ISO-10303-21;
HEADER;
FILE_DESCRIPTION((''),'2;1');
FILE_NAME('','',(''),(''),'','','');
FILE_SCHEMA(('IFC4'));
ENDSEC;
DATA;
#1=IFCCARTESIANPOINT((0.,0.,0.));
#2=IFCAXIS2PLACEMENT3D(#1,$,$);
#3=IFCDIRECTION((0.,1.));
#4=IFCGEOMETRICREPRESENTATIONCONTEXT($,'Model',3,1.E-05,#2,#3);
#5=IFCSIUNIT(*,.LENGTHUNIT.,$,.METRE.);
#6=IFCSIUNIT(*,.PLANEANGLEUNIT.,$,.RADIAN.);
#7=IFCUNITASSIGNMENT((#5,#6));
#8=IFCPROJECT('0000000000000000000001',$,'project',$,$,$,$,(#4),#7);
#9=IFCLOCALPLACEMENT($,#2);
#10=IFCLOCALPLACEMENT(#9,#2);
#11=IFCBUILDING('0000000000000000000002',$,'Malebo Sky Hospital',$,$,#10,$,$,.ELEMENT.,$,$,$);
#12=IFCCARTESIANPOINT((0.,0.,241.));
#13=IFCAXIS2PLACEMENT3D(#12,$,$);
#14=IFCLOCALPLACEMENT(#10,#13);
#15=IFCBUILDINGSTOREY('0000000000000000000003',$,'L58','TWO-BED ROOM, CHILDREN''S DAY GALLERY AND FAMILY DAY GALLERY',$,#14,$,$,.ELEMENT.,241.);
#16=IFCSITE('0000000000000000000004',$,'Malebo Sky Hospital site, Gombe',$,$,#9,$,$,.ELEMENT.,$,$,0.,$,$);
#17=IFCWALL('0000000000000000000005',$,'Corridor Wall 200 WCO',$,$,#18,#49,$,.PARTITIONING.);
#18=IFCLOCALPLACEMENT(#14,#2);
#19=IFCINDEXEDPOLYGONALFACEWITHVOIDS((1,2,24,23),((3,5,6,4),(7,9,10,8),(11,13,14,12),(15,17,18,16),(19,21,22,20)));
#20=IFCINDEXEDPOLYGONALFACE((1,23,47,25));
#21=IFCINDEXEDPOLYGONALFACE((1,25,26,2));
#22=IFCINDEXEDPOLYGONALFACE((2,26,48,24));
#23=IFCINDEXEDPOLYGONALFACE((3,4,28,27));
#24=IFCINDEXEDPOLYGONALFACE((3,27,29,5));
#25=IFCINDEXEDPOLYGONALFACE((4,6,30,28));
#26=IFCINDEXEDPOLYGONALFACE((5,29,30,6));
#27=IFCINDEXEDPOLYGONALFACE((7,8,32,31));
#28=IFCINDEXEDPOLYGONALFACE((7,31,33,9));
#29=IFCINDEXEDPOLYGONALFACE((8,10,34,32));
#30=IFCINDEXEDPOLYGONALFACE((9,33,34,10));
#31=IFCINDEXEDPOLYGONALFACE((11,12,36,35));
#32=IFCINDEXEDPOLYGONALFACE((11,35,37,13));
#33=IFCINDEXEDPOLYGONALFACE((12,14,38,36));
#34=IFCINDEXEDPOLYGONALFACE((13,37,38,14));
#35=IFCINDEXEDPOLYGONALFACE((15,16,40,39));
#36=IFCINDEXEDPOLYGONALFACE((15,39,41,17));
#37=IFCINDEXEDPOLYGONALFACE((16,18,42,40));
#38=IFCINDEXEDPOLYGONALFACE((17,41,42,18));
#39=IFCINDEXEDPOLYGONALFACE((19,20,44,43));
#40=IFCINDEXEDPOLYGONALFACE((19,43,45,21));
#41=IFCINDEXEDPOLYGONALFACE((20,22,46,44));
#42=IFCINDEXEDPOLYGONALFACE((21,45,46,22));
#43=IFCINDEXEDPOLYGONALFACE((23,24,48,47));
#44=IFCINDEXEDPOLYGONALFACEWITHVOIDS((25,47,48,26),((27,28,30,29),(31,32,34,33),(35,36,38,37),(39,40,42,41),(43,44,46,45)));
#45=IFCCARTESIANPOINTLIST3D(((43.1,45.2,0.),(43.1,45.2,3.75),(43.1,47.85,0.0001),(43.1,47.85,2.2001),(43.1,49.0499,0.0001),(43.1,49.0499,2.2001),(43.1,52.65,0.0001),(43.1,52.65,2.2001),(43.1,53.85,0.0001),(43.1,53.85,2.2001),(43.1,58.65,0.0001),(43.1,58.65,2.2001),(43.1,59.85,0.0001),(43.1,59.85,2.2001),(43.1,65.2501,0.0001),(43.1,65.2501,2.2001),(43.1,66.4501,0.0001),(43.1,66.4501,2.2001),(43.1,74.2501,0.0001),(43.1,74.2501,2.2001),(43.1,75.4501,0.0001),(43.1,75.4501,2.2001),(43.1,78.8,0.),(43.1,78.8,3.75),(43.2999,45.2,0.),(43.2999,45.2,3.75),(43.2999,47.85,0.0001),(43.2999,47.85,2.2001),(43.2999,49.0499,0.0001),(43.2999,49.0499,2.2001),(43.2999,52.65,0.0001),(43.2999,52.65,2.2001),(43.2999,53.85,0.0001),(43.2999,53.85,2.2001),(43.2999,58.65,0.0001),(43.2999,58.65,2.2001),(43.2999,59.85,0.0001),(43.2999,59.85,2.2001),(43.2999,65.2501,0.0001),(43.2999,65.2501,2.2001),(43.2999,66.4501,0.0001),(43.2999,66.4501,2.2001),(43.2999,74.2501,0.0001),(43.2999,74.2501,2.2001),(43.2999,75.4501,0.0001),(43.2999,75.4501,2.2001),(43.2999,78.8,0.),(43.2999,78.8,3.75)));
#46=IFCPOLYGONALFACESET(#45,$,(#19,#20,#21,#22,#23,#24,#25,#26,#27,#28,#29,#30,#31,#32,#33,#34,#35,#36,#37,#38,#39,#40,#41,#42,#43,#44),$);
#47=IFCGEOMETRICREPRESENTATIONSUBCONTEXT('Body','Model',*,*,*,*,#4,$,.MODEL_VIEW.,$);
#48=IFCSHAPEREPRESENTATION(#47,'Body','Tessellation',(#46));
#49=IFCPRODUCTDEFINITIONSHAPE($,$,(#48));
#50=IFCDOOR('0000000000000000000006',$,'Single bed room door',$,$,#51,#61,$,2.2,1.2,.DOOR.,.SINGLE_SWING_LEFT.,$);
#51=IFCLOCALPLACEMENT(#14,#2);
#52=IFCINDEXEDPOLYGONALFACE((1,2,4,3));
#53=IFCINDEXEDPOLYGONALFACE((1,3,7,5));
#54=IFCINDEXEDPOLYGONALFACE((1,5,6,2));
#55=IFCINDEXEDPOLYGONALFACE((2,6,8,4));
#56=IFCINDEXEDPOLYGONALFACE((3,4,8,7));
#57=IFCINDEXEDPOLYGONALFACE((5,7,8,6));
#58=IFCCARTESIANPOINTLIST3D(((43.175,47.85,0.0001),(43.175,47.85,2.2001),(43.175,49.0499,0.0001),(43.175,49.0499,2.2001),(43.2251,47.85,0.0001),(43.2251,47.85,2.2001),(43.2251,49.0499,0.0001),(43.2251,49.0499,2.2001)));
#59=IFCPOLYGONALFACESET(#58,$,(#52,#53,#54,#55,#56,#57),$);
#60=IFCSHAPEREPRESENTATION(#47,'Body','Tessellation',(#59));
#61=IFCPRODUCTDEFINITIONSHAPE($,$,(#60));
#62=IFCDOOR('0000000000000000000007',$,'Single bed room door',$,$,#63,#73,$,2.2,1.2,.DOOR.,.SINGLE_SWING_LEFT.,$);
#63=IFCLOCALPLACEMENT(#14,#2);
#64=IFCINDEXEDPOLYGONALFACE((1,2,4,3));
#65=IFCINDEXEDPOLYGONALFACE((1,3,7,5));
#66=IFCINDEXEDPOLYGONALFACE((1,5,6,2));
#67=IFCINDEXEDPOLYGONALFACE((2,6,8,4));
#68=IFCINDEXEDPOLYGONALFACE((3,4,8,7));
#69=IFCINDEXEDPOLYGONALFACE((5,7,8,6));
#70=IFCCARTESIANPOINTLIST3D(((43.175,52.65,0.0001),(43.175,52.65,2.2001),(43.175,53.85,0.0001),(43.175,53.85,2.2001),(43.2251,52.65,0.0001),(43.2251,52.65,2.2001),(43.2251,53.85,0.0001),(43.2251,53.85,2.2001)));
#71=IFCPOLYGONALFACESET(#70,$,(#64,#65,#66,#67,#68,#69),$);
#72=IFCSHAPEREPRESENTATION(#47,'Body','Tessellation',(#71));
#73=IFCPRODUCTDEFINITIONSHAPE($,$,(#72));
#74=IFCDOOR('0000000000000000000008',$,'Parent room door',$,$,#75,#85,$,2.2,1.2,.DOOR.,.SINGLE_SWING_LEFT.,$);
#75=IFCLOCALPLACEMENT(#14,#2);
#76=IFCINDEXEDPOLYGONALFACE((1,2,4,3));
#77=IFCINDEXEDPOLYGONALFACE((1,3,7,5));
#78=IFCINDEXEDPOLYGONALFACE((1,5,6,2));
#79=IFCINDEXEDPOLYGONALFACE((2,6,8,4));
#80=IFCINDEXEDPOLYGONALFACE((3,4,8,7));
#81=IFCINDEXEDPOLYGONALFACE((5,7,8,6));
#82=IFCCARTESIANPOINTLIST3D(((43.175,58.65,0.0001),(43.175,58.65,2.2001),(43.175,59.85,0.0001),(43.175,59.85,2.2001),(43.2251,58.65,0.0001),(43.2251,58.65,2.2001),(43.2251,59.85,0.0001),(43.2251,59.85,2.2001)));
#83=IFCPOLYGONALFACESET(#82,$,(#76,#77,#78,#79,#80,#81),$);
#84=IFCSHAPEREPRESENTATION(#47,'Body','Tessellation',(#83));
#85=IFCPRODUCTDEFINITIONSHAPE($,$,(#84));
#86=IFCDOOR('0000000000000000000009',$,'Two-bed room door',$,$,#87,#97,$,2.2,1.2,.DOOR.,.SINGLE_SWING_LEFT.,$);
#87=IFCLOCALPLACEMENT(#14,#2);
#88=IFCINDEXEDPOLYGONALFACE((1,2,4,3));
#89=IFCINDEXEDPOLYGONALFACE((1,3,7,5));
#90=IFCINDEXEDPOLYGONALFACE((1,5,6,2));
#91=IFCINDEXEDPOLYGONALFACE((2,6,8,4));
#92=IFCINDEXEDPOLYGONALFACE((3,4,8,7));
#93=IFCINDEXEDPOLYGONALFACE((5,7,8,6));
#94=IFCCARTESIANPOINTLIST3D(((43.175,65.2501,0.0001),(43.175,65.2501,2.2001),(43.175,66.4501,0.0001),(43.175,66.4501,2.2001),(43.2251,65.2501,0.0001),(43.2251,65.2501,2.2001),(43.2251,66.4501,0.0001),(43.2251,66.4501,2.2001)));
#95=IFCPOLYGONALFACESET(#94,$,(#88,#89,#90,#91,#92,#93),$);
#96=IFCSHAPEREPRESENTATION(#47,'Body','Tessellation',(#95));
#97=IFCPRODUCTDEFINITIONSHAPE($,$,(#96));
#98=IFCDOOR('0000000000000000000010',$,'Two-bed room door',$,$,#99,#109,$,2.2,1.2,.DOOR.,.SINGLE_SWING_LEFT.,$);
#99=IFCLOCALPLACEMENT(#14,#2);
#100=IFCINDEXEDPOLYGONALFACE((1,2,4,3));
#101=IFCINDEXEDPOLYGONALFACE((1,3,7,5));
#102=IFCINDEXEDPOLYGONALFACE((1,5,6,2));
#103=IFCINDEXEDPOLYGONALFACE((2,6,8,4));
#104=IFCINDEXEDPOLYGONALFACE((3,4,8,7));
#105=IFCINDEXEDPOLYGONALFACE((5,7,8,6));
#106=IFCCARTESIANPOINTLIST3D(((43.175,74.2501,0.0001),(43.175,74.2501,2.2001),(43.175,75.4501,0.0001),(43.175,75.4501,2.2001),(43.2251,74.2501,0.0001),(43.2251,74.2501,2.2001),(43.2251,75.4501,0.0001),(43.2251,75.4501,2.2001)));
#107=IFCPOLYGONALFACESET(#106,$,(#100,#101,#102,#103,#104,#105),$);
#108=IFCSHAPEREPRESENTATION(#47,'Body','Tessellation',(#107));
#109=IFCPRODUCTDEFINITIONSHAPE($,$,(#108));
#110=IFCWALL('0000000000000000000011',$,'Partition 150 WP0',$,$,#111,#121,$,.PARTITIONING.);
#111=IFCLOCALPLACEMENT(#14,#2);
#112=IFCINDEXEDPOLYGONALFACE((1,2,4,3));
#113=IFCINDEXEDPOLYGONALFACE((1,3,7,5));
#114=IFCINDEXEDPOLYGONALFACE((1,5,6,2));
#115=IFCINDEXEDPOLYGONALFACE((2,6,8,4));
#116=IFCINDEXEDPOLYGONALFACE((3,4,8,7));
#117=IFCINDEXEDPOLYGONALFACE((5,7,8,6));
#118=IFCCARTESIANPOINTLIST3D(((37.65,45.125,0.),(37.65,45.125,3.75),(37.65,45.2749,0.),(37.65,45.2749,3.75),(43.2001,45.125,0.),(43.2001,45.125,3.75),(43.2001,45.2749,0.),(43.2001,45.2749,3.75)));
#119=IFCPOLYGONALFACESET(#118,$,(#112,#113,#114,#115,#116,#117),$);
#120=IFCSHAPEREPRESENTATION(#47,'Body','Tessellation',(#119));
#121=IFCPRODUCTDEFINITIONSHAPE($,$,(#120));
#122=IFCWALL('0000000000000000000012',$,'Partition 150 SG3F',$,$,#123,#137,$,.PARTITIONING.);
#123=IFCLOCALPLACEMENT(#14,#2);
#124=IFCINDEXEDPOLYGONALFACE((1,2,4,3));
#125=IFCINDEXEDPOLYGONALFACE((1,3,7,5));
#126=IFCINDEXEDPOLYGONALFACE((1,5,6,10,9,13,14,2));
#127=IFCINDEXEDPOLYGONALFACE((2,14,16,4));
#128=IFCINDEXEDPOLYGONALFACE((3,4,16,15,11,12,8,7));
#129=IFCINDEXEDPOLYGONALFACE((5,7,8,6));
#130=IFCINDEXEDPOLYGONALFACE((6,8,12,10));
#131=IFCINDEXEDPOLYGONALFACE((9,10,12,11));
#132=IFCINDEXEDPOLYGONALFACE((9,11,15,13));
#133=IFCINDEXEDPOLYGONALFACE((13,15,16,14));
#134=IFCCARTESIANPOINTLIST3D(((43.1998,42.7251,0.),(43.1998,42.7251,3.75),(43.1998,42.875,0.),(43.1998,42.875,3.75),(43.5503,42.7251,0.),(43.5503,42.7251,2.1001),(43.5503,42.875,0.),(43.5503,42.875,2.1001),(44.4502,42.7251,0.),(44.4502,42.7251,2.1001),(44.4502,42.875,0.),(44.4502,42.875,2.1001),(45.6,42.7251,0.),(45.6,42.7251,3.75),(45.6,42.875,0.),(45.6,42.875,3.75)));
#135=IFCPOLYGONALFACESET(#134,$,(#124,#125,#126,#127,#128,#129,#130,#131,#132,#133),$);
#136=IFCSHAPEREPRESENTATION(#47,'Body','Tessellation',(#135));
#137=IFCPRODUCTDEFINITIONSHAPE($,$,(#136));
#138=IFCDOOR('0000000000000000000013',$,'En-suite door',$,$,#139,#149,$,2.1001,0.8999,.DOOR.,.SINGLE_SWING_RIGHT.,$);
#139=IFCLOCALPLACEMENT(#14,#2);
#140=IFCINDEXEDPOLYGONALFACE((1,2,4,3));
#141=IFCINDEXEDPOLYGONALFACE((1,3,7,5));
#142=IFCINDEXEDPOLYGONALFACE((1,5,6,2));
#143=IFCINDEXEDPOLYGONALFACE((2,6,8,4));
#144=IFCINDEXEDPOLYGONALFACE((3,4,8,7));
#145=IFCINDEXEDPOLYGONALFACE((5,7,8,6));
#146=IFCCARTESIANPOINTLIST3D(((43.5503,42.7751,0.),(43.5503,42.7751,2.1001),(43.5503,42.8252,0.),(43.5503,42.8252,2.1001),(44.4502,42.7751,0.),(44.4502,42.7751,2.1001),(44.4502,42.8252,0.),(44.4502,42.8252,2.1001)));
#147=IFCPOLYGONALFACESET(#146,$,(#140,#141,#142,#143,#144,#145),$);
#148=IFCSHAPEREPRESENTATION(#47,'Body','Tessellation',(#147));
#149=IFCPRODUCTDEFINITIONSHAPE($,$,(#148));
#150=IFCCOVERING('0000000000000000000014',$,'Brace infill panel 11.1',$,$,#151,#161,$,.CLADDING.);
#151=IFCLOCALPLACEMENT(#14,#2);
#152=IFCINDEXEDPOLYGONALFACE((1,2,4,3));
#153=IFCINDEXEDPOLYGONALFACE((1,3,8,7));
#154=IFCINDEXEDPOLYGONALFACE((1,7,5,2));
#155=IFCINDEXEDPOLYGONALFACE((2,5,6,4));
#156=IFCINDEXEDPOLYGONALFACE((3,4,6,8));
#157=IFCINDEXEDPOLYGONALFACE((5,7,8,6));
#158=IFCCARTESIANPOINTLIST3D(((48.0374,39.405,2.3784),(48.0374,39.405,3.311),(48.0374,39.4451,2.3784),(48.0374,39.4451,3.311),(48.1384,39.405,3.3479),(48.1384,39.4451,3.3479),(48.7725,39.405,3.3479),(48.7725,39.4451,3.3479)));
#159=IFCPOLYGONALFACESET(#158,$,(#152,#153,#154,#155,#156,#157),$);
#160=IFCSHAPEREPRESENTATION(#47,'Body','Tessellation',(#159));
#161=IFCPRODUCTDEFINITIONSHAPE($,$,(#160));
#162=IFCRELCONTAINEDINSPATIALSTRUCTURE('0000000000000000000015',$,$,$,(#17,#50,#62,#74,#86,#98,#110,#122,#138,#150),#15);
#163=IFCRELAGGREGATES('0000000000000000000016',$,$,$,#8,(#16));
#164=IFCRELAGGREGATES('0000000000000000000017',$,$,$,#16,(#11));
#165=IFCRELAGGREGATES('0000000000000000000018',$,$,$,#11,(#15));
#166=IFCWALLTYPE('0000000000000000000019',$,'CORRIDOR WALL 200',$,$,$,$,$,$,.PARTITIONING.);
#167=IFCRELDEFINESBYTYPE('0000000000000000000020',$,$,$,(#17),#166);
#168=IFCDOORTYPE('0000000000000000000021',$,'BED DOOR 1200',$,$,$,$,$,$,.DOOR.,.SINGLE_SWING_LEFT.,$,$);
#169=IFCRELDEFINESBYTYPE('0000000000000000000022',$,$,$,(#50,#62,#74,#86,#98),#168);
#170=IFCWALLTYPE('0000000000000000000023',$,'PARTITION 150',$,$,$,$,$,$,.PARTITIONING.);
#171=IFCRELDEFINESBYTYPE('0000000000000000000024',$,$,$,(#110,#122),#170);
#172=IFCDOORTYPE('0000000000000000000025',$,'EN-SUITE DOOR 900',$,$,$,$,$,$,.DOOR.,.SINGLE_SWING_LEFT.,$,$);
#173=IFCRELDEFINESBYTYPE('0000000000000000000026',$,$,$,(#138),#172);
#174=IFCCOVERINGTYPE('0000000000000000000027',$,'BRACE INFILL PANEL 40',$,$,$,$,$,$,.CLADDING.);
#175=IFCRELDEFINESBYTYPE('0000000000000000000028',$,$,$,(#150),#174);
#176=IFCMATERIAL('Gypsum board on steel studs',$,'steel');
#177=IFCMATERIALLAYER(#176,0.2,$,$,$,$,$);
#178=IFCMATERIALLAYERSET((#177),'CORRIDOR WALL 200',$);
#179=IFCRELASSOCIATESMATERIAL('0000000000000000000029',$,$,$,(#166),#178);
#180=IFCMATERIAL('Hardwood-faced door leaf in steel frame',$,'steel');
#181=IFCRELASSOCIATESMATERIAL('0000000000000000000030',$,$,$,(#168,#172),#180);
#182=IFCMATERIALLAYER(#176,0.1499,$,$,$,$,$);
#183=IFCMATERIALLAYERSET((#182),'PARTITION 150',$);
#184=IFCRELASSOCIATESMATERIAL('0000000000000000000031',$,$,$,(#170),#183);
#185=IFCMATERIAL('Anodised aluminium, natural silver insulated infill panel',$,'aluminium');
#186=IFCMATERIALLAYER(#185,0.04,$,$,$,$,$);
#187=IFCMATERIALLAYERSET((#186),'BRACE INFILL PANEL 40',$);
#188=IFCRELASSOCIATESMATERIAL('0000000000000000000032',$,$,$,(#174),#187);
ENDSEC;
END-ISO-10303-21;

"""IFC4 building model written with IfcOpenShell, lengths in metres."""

from ifc_helpers import new_model, si_unit, direction, frame, frame_2d, origin, place, context, subcontext, project, spatial, polyline, rectangle, outline, extrude, material, layer, layer_set, type_object, element, fill, save


model = new_model("IFC4")

# Units and contexts
model_context = context("Model", 3, precision=1e-05, world=origin(), true_north=direction((0.0, 1.0)))
body_context = subcontext(model_context, "Body", "Model", "MODEL_VIEW")
ifc_project = project(units=[si_unit("LENGTHUNIT", "METRE"), si_unit("PLANEANGLEUNIT", "RADIAN")], contexts=[model_context])

# Site, building, storey
site_placement = place(None, origin())
site = spatial("IfcSite", under=ifc_project, at=site_placement, Name="Malebo Sky Hospital site, Gombe", CompositionType="ELEMENT", RefElevation=0.0)
building_placement = place(site_placement, origin())
building = spatial("IfcBuilding", under=site, at=building_placement, Name="Malebo Sky Hospital", CompositionType="ELEMENT")
storey_placement = place(building_placement, frame((0.0, 0.0, 241.0)))
storey = spatial("IfcBuildingStorey", under=building, at=storey_placement, Name="L58", Description="TWO-BED ROOM, CHILDREN'S DAY GALLERY AND FAMILY DAY GALLERY", CompositionType="ELEMENT", Elevation=241.0)

# Wall, openings, doors
ifc_material_1 = material(Name="Gypsum board on steel studs", Category="steel")
ifc_layer_1 = layer(ifc_material_1, 0.2)
ifc_layer_set_1 = layer_set([ifc_layer_1], Name="CORRIDOR WALL 200")
wall_type_1 = type_object("IfcWallType", Name="CORRIDOR WALL 200", PredefinedType="PARTITIONING", material=ifc_layer_set_1)
wall_1_placement = place(storey_placement, frame((43.2, 45.2, 0.0), z_axis=(0.0, 0.0, 1.0), x_axis=(0.0, 1.0, 0.0)))
wall_1 = element("IfcWall", 1, at=wall_1_placement, inside=storey, type_object=wall_type_1, Name="Corridor Wall 200 WCO", PredefinedType="PARTITIONING", context=body_context, shape_type="SweptSolid", body=[
    extrude(rectangle(XDim=33.6001, YDim=0.2, at=frame_2d((16.8, 0.0))), origin(), (0.0, 0.0, 1.0), 3.75),
])
opening_1_placement = place(wall_1_placement, frame((2.6499, 0.0, 0.0)))
opening_1 = element("IfcOpeningElement", 2, at=opening_1_placement, cuts=wall_1, PredefinedType="OPENING", context=body_context, shape_type="SweptSolid", body=[
    extrude(rectangle(XDim=1.2, YDim=2.2, at=frame_2d((0.6001, 1.1001))), frame((0.0, 0.1099, 0.0), z_axis=(0.0, -1.0, 0.0), x_axis=(1.0, 0.0, 0.0)), (0.0, 0.0, 1.0), 0.22),
])
opening_2_placement = place(wall_1_placement, frame((7.45, 0.0, 0.0)))
opening_2 = element("IfcOpeningElement", 3, at=opening_2_placement, cuts=wall_1, PredefinedType="OPENING", context=body_context, shape_type="SweptSolid", body=[
    extrude(rectangle(XDim=1.2, YDim=2.2, at=frame_2d((0.6001, 1.1001))), frame((0.0, 0.1099, 0.0), z_axis=(0.0, -1.0, 0.0), x_axis=(1.0, 0.0, 0.0)), (0.0, 0.0, 1.0), 0.22),
])
opening_3_placement = place(wall_1_placement, frame((13.45, 0.0, 0.0)))
opening_3 = element("IfcOpeningElement", 4, at=opening_3_placement, cuts=wall_1, PredefinedType="OPENING", context=body_context, shape_type="SweptSolid", body=[
    extrude(rectangle(XDim=1.2, YDim=2.2, at=frame_2d((0.6001, 1.1001))), frame((0.0, 0.1099, 0.0), z_axis=(0.0, -1.0, 0.0), x_axis=(1.0, 0.0, 0.0)), (0.0, 0.0, 1.0), 0.22),
])
opening_4_placement = place(wall_1_placement, frame((20.05, 0.0, 0.0)))
opening_4 = element("IfcOpeningElement", 5, at=opening_4_placement, cuts=wall_1, PredefinedType="OPENING", context=body_context, shape_type="SweptSolid", body=[
    extrude(rectangle(XDim=1.2, YDim=2.2, at=frame_2d((0.6001, 1.1001))), frame((0.0, 0.1099, 0.0), z_axis=(0.0, -1.0, 0.0), x_axis=(1.0, 0.0, 0.0)), (0.0, 0.0, 1.0), 0.22),
])
opening_5_placement = place(wall_1_placement, frame((29.05, 0.0, 0.0)))
opening_5 = element("IfcOpeningElement", 6, at=opening_5_placement, cuts=wall_1, PredefinedType="OPENING", context=body_context, shape_type="SweptSolid", body=[
    extrude(rectangle(XDim=1.2, YDim=2.2, at=frame_2d((0.6001, 1.1001))), frame((0.0, 0.1099, 0.0), z_axis=(0.0, -1.0, 0.0), x_axis=(1.0, 0.0, 0.0)), (0.0, 0.0, 1.0), 0.22),
])
ifc_material_2 = material(Name="Hardwood-faced door leaf in steel frame", Category="steel")
door_type_1 = type_object("IfcDoorType", Name="BED DOOR 1200", OperationType="SINGLE_SWING_LEFT", PredefinedType="DOOR", material=ifc_material_2)
door_1_placement = place(opening_1_placement, origin())
door_1 = element("IfcDoor", 7, at=door_1_placement, inside=storey, type_object=door_type_1, Name="Single bed room door", OperationType="SINGLE_SWING_LEFT", OverallHeight=2.2, OverallWidth=1.2, PredefinedType="DOOR", context=body_context, shape_type="SweptSolid", body=[
    extrude(rectangle(XDim=1.2, YDim=2.2, at=frame_2d((0.6001, 1.1001))), frame((0.0, 0.0249, 0.0), z_axis=(0.0, -1.0, 0.0), x_axis=(1.0, 0.0, 0.0)), (0.0, 0.0, 1.0), 0.05),
])
fill(opening_1, door_1)
door_2_placement = place(opening_2_placement, origin())
door_2 = element("IfcDoor", 8, at=door_2_placement, inside=storey, type_object=door_type_1, Name="Single bed room door", OperationType="SINGLE_SWING_LEFT", OverallHeight=2.2, OverallWidth=1.2, PredefinedType="DOOR", context=body_context, shape_type="SweptSolid", body=[
    extrude(rectangle(XDim=1.2, YDim=2.2, at=frame_2d((0.6001, 1.1001))), frame((0.0, 0.0249, 0.0), z_axis=(0.0, -1.0, 0.0), x_axis=(1.0, 0.0, 0.0)), (0.0, 0.0, 1.0), 0.05),
])
fill(opening_2, door_2)
door_3_placement = place(opening_3_placement, origin())
door_3 = element("IfcDoor", 9, at=door_3_placement, inside=storey, type_object=door_type_1, Name="Parent room door", OperationType="SINGLE_SWING_LEFT", OverallHeight=2.2, OverallWidth=1.2, PredefinedType="DOOR", context=body_context, shape_type="SweptSolid", body=[
    extrude(rectangle(XDim=1.2, YDim=2.2, at=frame_2d((0.6001, 1.1001))), frame((0.0, 0.0249, 0.0), z_axis=(0.0, -1.0, 0.0), x_axis=(1.0, 0.0, 0.0)), (0.0, 0.0, 1.0), 0.05),
])
fill(opening_3, door_3)
door_4_placement = place(opening_4_placement, origin())
door_4 = element("IfcDoor", 10, at=door_4_placement, inside=storey, type_object=door_type_1, Name="Two-bed room door", OperationType="SINGLE_SWING_LEFT", OverallHeight=2.2, OverallWidth=1.2, PredefinedType="DOOR", context=body_context, shape_type="SweptSolid", body=[
    extrude(rectangle(XDim=1.2, YDim=2.2, at=frame_2d((0.6001, 1.1001))), frame((0.0, 0.0249, 0.0), z_axis=(0.0, -1.0, 0.0), x_axis=(1.0, 0.0, 0.0)), (0.0, 0.0, 1.0), 0.05),
])
fill(opening_4, door_4)
door_5_placement = place(opening_5_placement, origin())
door_5 = element("IfcDoor", 11, at=door_5_placement, inside=storey, type_object=door_type_1, Name="Two-bed room door", OperationType="SINGLE_SWING_LEFT", OverallHeight=2.2, OverallWidth=1.2, PredefinedType="DOOR", context=body_context, shape_type="SweptSolid", body=[
    extrude(rectangle(XDim=1.2, YDim=2.2, at=frame_2d((0.6001, 1.1001))), frame((0.0, 0.0249, 0.0), z_axis=(0.0, -1.0, 0.0), x_axis=(1.0, 0.0, 0.0)), (0.0, 0.0, 1.0), 0.05),
])
fill(opening_5, door_5)

# Wall
ifc_layer_2 = layer(ifc_material_1, 0.1499)
ifc_layer_set_2 = layer_set([ifc_layer_2], Name="PARTITION 150")
wall_type_2 = type_object("IfcWallType", Name="PARTITION 150", PredefinedType="PARTITIONING", material=ifc_layer_set_2)
wall_2_placement = place(storey_placement, frame((43.2, 45.2, 0.0), z_axis=(0.0, 0.0, 1.0), x_axis=(-1.0, 0.0, 0.0)))
element("IfcWall", 12, at=wall_2_placement, inside=storey, type_object=wall_type_2, Name="Partition 150 WP0", PredefinedType="PARTITIONING", context=body_context, shape_type="SweptSolid", body=[
    extrude(rectangle(XDim=5.55, YDim=0.1499, at=frame_2d((2.7749, 0.0))), origin(), (0.0, 0.0, 1.0), 3.75),
])

# Wall, opening, door
wall_3_placement = place(storey_placement, frame((45.6001, 42.8, 0.0), z_axis=(0.0, 0.0, 1.0), x_axis=(-1.0, 0.0, 0.0)))
wall_3 = element("IfcWall", 13, at=wall_3_placement, inside=storey, type_object=wall_type_2, Name="Partition 150 SG3F", PredefinedType="PARTITIONING", context=body_context, shape_type="SweptSolid", body=[
    extrude(rectangle(XDim=2.4001, YDim=0.1499, at=frame_2d((1.2002, 0.0))), origin(), (0.0, 0.0, 1.0), 3.75),
])
opening_6_placement = place(wall_3_placement, frame((1.1499, 0.0, 0.0)))
opening_6 = element("IfcOpeningElement", 14, at=opening_6_placement, cuts=wall_3, PredefinedType="OPENING", context=body_context, shape_type="SweptSolid", body=[
    extrude(rectangle(XDim=0.8999, YDim=2.1001, at=frame_2d((0.45, 1.05))), frame((0.0, 0.085, 0.0), z_axis=(0.0, -1.0, 0.0), x_axis=(1.0, 0.0, 0.0)), (0.0, 0.0, 1.0), 0.1699),
])
door_type_2 = type_object("IfcDoorType", Name="EN-SUITE DOOR 900", OperationType="SINGLE_SWING_LEFT", PredefinedType="DOOR", material=ifc_material_2)
door_6_placement = place(opening_6_placement, origin())
door_6 = element("IfcDoor", 15, at=door_6_placement, inside=storey, type_object=door_type_2, Name="En-suite door", OperationType="SINGLE_SWING_RIGHT", OverallHeight=2.1001, OverallWidth=0.8999, PredefinedType="DOOR", context=body_context, shape_type="SweptSolid", body=[
    extrude(rectangle(XDim=0.8999, YDim=2.1001, at=frame_2d((0.45, 1.05))), frame((0.0, 0.0249, 0.0), z_axis=(0.0, -1.0, 0.0), x_axis=(1.0, 0.0, 0.0)), (0.0, 0.0, 1.0), 0.05),
])
fill(opening_6, door_6)

# Covering
ifc_material_3 = material(Name="Anodised aluminium, natural silver insulated infill panel", Category="aluminium")
ifc_layer_3 = layer(ifc_material_3, 0.04)
ifc_layer_set_3 = layer_set([ifc_layer_3], Name="BRACE INFILL PANEL 40")
covering_type = type_object("IfcCoveringType", Name="BRACE INFILL PANEL 40", PredefinedType="CLADDING", material=ifc_layer_set_3)
covering_1_placement = place(storey_placement, frame((48.405, 39.425, 2.3784), z_axis=(0.0, 0.0, 1.0), x_axis=(-1.0, 0.0, 0.0)))
element("IfcCovering", 16, at=covering_1_placement, inside=storey, type_object=covering_type, Name="Brace infill panel 11.1", PredefinedType="CLADDING", context=body_context, shape_type="SweptSolid", body=[
    extrude(outline(polyline([(0.3677, 0.0), (0.3677, 0.9326), (0.2666, 0.9695), (-0.3674, 0.9695), (0.3677, 0.0)])), frame((0.0, 0.02, 0.0), z_axis=(0.0, -1.0, 0.0), x_axis=(1.0, 0.0, 0.0)), (0.0, 0.0, 1.0), 0.04),
])

save(model, "model.ifc")
